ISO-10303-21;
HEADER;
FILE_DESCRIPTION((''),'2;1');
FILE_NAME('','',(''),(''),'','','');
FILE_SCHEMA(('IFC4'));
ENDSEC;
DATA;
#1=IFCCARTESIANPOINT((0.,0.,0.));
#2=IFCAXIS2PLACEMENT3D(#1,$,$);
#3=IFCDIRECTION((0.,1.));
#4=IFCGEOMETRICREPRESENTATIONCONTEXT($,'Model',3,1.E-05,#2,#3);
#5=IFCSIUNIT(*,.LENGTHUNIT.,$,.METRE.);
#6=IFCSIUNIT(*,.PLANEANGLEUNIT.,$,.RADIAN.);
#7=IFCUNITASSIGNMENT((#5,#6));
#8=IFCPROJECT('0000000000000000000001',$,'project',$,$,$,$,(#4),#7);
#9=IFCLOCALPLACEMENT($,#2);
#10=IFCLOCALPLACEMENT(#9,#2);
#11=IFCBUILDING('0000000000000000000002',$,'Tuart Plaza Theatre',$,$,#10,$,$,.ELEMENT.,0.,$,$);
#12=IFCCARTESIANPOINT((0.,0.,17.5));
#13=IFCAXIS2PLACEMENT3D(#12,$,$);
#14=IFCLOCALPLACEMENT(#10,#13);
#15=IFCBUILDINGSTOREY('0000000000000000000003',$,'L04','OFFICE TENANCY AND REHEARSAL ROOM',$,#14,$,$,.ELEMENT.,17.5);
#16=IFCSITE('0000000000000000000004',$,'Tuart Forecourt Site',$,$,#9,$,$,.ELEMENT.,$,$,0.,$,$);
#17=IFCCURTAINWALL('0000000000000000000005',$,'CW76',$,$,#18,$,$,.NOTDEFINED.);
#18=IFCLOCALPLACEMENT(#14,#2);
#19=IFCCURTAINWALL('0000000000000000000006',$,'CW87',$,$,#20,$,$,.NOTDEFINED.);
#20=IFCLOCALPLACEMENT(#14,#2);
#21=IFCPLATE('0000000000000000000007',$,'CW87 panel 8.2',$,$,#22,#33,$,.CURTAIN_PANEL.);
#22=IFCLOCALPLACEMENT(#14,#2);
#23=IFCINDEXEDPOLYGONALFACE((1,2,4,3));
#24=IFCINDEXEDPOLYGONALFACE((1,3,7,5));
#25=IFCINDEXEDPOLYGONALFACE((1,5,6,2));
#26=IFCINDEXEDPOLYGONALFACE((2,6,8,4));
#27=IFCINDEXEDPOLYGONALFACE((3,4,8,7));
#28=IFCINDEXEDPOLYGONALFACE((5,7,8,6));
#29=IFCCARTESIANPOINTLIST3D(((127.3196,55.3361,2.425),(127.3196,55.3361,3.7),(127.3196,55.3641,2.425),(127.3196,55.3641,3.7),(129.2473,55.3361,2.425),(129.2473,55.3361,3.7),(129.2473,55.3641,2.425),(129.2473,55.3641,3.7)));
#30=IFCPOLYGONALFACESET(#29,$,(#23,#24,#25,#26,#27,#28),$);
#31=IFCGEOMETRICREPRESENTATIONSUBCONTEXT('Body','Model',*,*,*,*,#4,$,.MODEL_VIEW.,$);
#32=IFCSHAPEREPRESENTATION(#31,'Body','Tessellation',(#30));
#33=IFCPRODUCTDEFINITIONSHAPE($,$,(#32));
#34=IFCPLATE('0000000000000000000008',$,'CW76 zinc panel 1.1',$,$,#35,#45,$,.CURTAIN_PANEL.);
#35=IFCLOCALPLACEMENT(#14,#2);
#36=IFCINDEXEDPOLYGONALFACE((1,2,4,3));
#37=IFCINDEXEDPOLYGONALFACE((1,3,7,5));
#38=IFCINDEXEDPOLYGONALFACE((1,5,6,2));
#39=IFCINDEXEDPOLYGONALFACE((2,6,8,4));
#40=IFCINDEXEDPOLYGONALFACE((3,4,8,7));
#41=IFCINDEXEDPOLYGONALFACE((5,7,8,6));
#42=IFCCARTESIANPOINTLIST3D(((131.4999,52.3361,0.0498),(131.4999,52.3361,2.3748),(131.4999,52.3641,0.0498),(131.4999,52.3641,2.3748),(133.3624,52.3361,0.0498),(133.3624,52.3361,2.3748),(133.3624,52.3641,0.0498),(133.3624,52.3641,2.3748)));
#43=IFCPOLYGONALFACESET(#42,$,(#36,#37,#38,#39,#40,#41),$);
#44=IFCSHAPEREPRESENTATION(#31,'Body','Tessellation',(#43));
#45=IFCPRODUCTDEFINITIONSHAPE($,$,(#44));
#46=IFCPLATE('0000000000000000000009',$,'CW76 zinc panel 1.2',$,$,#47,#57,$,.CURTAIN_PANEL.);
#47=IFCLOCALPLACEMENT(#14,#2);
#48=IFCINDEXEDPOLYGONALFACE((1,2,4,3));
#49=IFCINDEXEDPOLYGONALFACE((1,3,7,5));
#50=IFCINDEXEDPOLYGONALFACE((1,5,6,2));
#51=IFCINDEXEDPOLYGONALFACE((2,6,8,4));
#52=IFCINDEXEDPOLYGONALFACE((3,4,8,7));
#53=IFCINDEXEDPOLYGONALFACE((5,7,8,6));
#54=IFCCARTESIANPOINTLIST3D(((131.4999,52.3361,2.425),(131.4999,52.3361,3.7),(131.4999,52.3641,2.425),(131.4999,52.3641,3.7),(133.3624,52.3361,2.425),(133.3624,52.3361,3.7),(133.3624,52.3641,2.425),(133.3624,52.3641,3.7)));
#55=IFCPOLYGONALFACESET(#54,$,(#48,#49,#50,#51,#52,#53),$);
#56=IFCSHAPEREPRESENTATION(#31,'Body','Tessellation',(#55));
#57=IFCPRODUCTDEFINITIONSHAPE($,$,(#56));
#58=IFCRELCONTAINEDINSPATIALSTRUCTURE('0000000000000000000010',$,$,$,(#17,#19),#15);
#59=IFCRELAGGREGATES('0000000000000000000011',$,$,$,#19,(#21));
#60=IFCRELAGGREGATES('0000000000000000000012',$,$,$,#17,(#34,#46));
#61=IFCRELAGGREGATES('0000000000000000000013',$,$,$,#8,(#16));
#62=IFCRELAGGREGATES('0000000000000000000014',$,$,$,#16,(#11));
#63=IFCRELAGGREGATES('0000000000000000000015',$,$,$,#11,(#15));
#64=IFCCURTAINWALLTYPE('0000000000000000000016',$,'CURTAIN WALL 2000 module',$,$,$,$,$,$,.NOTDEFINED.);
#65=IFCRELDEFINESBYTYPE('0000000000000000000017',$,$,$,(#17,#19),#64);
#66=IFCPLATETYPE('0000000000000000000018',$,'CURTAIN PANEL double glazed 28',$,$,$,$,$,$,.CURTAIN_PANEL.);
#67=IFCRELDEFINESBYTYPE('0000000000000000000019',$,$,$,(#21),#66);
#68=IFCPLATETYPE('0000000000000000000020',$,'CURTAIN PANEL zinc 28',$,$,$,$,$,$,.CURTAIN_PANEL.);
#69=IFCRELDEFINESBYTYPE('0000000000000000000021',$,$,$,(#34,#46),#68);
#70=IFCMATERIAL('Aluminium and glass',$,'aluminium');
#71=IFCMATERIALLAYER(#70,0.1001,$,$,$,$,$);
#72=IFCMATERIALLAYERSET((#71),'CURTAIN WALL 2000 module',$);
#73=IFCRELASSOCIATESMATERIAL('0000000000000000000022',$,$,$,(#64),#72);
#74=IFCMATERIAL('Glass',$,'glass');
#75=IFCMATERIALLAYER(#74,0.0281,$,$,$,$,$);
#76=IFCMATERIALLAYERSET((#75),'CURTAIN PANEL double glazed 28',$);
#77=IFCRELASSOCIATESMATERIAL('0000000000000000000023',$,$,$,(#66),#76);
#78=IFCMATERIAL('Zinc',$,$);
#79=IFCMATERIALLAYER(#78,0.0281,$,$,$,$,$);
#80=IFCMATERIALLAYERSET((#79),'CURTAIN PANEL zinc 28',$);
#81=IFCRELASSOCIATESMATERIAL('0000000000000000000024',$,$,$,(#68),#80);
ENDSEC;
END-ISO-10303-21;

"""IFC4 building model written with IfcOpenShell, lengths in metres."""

from ifc_helpers import new_model, si_unit, direction, frame, origin, origin_2d, place, context, subcontext, project, spatial, rectangle, extrude, material, layer, layer_set, type_object, element, aggregate, save


model = new_model("IFC4")

# Units and contexts
model_context = context("Model", 3, precision=1e-05, world=origin(), true_north=direction((0.0, 1.0)))
body_context = subcontext(model_context, "Body", "Model", "MODEL_VIEW")
ifc_project = project(units=[si_unit("LENGTHUNIT", "METRE"), si_unit("PLANEANGLEUNIT", "RADIAN")], contexts=[model_context])

# Site, building, storey
site_placement = place(None, origin())
site = spatial("IfcSite", under=ifc_project, at=site_placement, Name="Tuart Forecourt Site", CompositionType="ELEMENT", RefElevation=0.0)
building_placement = place(site_placement, origin())
building = spatial("IfcBuilding", under=site, at=building_placement, Name="Tuart Plaza Theatre", CompositionType="ELEMENT", ElevationOfRefHeight=0.0)
storey_placement = place(building_placement, frame((0.0, 0.0, 17.5)))
storey = spatial("IfcBuildingStorey", under=building, at=storey_placement, Name="L04", Description="OFFICE TENANCY AND REHEARSAL ROOM", CompositionType="ELEMENT", Elevation=17.5)

# Curtain walls
ifc_material_1 = material(Name="Aluminium and glass", Category="aluminium")
ifc_layer_1 = layer(ifc_material_1, 0.1001)
ifc_layer_set_1 = layer_set([ifc_layer_1], Name="CURTAIN WALL 2000 module")
curtain_wall_type = type_object("IfcCurtainWallType", Name="CURTAIN WALL 2000 module", PredefinedType="NOTDEFINED", material=ifc_layer_set_1)
curtain_wall_1_placement = place(storey_placement, origin())
curtain_wall_1 = element("IfcCurtainWall", 1, at=curtain_wall_1_placement, inside=storey, type_object=curtain_wall_type, Name="CW76", PredefinedType="NOTDEFINED")
curtain_wall_2_placement = place(storey_placement, origin())
curtain_wall_2 = element("IfcCurtainWall", 2, at=curtain_wall_2_placement, inside=storey, type_object=curtain_wall_type, Name="CW87", PredefinedType="NOTDEFINED")

# Plates
ifc_material_2 = material(Name="Glass", Category="glass")
ifc_layer_2 = layer(ifc_material_2, 0.0281)
ifc_layer_set_2 = layer_set([ifc_layer_2], Name="CURTAIN PANEL double glazed 28")
plate_type_1 = type_object("IfcPlateType", Name="CURTAIN PANEL double glazed 28", PredefinedType="CURTAIN_PANEL", material=ifc_layer_set_2)
plate_1_placement = place(storey_placement, frame((128.2834, 55.3501, 2.425), z_axis=(0.0, 0.0, 1.0), x_axis=(1.0, 0.0, 0.0)))
plate_1 = element("IfcPlate", 3, at=plate_1_placement, type_object=plate_type_1, Name="CW87 panel 8.2", PredefinedType="CURTAIN_PANEL", context=body_context, shape_type="SweptSolid", body=[
    extrude(rectangle(XDim=1.9277, YDim=0.0281, at=origin_2d()), origin(), (0.0, 0.0, 1.0), 1.2749),
])
aggregate(curtain_wall_2, [plate_1])
ifc_material_3 = material(Name="Zinc")
ifc_layer_3 = layer(ifc_material_3, 0.0281)
ifc_layer_set_3 = layer_set([ifc_layer_3], Name="CURTAIN PANEL zinc 28")
plate_type_2 = type_object("IfcPlateType", Name="CURTAIN PANEL zinc 28", PredefinedType="CURTAIN_PANEL", material=ifc_layer_set_3)
plate_2_placement = place(storey_placement, frame((132.4312, 52.3501, 0.0498), z_axis=(0.0, 0.0, 1.0), x_axis=(1.0, 0.0, 0.0)))
plate_2 = element("IfcPlate", 4, at=plate_2_placement, type_object=plate_type_2, Name="CW76 zinc panel 1.1", PredefinedType="CURTAIN_PANEL", context=body_context, shape_type="SweptSolid", body=[
    extrude(rectangle(XDim=1.8625, YDim=0.0281, at=origin_2d()), origin(), (0.0, 0.0, 1.0), 2.325),
])
plate_3_placement = place(storey_placement, frame((132.4312, 52.3501, 2.425), z_axis=(0.0, 0.0, 1.0), x_axis=(1.0, 0.0, 0.0)))
plate_3 = element("IfcPlate", 5, at=plate_3_placement, type_object=plate_type_2, Name="CW76 zinc panel 1.2", PredefinedType="CURTAIN_PANEL", context=body_context, shape_type="SweptSolid", body=[
    extrude(rectangle(XDim=1.8625, YDim=0.0281, at=origin_2d()), origin(), (0.0, 0.0, 1.0), 1.2749),
])
aggregate(curtain_wall_1, [plate_2, plate_3])

save(model, "model.ifc")
